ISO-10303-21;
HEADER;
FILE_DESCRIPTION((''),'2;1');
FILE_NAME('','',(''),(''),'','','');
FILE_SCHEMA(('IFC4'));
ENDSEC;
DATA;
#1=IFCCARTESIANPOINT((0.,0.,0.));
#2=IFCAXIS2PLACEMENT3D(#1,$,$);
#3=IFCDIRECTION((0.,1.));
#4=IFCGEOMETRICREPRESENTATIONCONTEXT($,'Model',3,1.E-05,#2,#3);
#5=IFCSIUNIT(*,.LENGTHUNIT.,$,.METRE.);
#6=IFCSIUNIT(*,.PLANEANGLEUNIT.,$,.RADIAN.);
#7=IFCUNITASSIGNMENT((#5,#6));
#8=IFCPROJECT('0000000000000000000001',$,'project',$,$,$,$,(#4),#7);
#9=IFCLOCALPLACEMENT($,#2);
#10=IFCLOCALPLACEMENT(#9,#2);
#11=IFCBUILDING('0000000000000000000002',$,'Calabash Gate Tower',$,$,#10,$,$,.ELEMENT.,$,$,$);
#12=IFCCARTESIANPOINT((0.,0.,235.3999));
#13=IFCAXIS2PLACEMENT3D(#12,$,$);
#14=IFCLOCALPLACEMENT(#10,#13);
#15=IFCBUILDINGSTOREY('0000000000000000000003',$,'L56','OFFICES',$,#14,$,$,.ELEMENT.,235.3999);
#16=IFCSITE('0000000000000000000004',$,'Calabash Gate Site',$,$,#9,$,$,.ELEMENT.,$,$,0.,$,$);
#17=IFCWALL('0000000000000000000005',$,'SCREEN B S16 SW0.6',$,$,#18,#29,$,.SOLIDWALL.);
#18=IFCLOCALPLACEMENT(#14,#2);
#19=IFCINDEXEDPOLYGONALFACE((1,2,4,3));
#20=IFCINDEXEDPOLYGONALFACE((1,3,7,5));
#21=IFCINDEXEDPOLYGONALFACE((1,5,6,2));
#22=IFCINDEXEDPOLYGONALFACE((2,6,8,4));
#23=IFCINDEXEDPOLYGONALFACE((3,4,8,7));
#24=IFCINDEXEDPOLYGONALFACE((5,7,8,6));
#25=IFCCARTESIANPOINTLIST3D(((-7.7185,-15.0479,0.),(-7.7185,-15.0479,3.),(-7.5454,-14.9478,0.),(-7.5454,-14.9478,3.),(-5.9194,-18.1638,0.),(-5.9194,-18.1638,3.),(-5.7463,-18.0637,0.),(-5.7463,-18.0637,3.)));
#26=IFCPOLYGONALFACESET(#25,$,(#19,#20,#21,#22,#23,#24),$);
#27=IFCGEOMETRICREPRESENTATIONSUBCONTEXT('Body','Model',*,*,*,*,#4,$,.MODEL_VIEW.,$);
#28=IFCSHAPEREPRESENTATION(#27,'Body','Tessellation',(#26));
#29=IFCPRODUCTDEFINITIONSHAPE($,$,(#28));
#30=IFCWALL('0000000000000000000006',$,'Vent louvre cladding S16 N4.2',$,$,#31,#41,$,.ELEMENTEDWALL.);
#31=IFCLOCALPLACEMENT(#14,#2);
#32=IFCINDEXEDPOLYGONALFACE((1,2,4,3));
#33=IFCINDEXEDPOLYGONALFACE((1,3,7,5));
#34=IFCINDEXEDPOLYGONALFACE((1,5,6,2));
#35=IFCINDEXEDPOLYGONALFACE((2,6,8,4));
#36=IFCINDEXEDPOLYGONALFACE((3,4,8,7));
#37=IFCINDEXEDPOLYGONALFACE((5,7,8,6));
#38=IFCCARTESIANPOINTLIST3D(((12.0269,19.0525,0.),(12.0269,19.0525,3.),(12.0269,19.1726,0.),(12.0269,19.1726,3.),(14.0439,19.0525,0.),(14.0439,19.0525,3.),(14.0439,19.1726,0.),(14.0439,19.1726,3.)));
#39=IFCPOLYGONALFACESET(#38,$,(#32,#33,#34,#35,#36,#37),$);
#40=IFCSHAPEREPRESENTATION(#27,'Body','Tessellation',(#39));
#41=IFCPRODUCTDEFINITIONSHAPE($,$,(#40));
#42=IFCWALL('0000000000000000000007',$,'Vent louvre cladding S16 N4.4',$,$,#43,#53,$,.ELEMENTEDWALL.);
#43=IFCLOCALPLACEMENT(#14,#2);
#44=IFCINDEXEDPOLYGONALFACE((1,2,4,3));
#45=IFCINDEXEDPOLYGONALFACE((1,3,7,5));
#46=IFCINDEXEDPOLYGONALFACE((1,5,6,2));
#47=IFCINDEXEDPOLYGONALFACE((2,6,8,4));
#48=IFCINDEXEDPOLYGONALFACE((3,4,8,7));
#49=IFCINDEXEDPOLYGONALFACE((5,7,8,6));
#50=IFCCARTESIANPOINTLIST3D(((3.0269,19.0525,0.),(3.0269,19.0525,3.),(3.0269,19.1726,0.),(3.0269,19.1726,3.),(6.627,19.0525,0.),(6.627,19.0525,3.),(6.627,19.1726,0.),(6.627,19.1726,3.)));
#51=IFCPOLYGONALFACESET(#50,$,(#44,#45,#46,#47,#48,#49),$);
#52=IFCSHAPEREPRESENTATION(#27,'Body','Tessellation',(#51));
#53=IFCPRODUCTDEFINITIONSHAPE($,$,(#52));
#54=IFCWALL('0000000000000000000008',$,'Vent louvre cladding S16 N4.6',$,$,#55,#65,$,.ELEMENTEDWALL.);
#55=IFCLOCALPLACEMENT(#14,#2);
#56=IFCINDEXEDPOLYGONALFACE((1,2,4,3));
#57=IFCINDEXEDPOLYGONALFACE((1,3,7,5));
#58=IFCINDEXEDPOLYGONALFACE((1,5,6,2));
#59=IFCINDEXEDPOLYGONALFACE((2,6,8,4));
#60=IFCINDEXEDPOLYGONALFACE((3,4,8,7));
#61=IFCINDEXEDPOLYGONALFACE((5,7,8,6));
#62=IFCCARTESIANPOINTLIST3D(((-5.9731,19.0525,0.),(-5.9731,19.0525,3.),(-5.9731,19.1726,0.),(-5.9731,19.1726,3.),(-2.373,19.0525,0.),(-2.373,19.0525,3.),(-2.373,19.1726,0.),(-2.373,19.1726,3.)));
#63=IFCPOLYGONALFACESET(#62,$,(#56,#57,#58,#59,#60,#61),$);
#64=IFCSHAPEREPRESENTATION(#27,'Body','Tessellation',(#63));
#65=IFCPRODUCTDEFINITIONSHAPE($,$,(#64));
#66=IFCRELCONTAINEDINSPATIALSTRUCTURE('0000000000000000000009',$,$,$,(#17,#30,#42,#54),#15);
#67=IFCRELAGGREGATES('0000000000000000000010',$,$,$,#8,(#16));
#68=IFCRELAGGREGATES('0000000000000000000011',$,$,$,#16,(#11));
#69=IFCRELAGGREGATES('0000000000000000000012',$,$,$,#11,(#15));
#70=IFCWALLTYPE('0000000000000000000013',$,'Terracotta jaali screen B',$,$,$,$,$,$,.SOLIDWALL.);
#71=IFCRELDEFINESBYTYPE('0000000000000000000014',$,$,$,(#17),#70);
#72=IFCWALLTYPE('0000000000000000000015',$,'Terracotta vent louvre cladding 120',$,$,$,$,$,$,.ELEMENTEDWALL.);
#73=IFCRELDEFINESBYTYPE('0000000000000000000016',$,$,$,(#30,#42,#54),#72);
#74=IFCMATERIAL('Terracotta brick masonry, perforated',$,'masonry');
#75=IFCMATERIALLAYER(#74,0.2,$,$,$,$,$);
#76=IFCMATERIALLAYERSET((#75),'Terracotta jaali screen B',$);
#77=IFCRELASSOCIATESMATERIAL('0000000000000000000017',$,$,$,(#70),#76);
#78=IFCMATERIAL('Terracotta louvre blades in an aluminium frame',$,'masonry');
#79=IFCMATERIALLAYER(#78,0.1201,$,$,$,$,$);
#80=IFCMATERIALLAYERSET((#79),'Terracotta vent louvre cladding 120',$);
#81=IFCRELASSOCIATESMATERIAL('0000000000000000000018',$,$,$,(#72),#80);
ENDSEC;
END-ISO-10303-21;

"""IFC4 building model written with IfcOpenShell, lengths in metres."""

from ifc_helpers import new_model, si_unit, direction, frame, origin, place, context, subcontext, project, spatial, polyline, outline, extrude, material, layer, layer_set, type_object, element, save


model = new_model("IFC4")

# Units and contexts
model_context = context("Model", 3, precision=1e-05, world=origin(), true_north=direction((0.0, 1.0)))
body_context = subcontext(model_context, "Body", "Model", "MODEL_VIEW")
ifc_project = project(units=[si_unit("LENGTHUNIT", "METRE"), si_unit("PLANEANGLEUNIT", "RADIAN")], contexts=[model_context])

# Site, building, storey
site_placement = place(None, origin())
site = spatial("IfcSite", under=ifc_project, at=site_placement, Name="Calabash Gate Site", CompositionType="ELEMENT", RefElevation=0.0)
building_placement = place(site_placement, origin())
building = spatial("IfcBuilding", under=site, at=building_placement, Name="Calabash Gate Tower", CompositionType="ELEMENT")
storey_placement = place(building_placement, frame((0.0, 0.0, 235.3999)))
storey = spatial("IfcBuildingStorey", under=building, at=storey_placement, Name="L56", Description="OFFICES", CompositionType="ELEMENT", Elevation=235.3999)

# Walls
ifc_material_1 = material(Name="Terracotta brick masonry, perforated", Category="masonry")
ifc_layer_1 = layer(ifc_material_1, 0.2)
ifc_layer_set_1 = layer_set([ifc_layer_1], Name="Terracotta jaali screen B")
wall_type_1 = type_object("IfcWallType", Name="Terracotta jaali screen B", PredefinedType="SOLIDWALL", material=ifc_layer_set_1)
wall_1_placement = place(storey_placement, origin())
element("IfcWall", 1, at=wall_1_placement, inside=storey, type_object=wall_type_1, Name="SCREEN B S16 SW0.6", PredefinedType="SOLIDWALL", context=body_context, shape_type="SweptSolid", body=[
    extrude(outline(polyline([(-7.7185, -15.0479), (-5.9194, -18.1638), (-5.7463, -18.0637), (-7.5454, -14.9478), (-7.7185, -15.0479)])), origin(), (0.0, 0.0, 1.0), 3.0),
])
ifc_material_2 = material(Name="Terracotta louvre blades in an aluminium frame", Category="masonry")
ifc_layer_2 = layer(ifc_material_2, 0.1201)
ifc_layer_set_2 = layer_set([ifc_layer_2], Name="Terracotta vent louvre cladding 120")
wall_type_2 = type_object("IfcWallType", Name="Terracotta vent louvre cladding 120", PredefinedType="ELEMENTEDWALL", material=ifc_layer_set_2)
wall_2_placement = place(storey_placement, origin())
element("IfcWall", 2, at=wall_2_placement, inside=storey, type_object=wall_type_2, Name="Vent louvre cladding S16 N4.2", PredefinedType="ELEMENTEDWALL", context=body_context, shape_type="SweptSolid", body=[
    extrude(outline(polyline([(14.0439, 19.1726), (12.0269, 19.1726), (12.0269, 19.0525), (14.0439, 19.0525), (14.0439, 19.1726)])), origin(), (0.0, 0.0, 1.0), 3.0),
])
wall_3_placement = place(storey_placement, origin())
element("IfcWall", 3, at=wall_3_placement, inside=storey, type_object=wall_type_2, Name="Vent louvre cladding S16 N4.4", PredefinedType="ELEMENTEDWALL", context=body_context, shape_type="SweptSolid", body=[
    extrude(outline(polyline([(3.0269, 19.1726), (3.0269, 19.0525), (6.627, 19.0525), (6.627, 19.1726), (3.0269, 19.1726)])), origin(), (0.0, 0.0, 1.0), 3.0),
])
wall_4_placement = place(storey_placement, origin())
element("IfcWall", 4, at=wall_4_placement, inside=storey, type_object=wall_type_2, Name="Vent louvre cladding S16 N4.6", PredefinedType="ELEMENTEDWALL", context=body_context, shape_type="SweptSolid", body=[
    extrude(outline(polyline([(-5.9731, 19.1726), (-5.9731, 19.0525), (-2.373, 19.0525), (-2.373, 19.1726), (-5.9731, 19.1726)])), origin(), (0.0, 0.0, 1.0), 3.0),
])

save(model, "model.ifc")
